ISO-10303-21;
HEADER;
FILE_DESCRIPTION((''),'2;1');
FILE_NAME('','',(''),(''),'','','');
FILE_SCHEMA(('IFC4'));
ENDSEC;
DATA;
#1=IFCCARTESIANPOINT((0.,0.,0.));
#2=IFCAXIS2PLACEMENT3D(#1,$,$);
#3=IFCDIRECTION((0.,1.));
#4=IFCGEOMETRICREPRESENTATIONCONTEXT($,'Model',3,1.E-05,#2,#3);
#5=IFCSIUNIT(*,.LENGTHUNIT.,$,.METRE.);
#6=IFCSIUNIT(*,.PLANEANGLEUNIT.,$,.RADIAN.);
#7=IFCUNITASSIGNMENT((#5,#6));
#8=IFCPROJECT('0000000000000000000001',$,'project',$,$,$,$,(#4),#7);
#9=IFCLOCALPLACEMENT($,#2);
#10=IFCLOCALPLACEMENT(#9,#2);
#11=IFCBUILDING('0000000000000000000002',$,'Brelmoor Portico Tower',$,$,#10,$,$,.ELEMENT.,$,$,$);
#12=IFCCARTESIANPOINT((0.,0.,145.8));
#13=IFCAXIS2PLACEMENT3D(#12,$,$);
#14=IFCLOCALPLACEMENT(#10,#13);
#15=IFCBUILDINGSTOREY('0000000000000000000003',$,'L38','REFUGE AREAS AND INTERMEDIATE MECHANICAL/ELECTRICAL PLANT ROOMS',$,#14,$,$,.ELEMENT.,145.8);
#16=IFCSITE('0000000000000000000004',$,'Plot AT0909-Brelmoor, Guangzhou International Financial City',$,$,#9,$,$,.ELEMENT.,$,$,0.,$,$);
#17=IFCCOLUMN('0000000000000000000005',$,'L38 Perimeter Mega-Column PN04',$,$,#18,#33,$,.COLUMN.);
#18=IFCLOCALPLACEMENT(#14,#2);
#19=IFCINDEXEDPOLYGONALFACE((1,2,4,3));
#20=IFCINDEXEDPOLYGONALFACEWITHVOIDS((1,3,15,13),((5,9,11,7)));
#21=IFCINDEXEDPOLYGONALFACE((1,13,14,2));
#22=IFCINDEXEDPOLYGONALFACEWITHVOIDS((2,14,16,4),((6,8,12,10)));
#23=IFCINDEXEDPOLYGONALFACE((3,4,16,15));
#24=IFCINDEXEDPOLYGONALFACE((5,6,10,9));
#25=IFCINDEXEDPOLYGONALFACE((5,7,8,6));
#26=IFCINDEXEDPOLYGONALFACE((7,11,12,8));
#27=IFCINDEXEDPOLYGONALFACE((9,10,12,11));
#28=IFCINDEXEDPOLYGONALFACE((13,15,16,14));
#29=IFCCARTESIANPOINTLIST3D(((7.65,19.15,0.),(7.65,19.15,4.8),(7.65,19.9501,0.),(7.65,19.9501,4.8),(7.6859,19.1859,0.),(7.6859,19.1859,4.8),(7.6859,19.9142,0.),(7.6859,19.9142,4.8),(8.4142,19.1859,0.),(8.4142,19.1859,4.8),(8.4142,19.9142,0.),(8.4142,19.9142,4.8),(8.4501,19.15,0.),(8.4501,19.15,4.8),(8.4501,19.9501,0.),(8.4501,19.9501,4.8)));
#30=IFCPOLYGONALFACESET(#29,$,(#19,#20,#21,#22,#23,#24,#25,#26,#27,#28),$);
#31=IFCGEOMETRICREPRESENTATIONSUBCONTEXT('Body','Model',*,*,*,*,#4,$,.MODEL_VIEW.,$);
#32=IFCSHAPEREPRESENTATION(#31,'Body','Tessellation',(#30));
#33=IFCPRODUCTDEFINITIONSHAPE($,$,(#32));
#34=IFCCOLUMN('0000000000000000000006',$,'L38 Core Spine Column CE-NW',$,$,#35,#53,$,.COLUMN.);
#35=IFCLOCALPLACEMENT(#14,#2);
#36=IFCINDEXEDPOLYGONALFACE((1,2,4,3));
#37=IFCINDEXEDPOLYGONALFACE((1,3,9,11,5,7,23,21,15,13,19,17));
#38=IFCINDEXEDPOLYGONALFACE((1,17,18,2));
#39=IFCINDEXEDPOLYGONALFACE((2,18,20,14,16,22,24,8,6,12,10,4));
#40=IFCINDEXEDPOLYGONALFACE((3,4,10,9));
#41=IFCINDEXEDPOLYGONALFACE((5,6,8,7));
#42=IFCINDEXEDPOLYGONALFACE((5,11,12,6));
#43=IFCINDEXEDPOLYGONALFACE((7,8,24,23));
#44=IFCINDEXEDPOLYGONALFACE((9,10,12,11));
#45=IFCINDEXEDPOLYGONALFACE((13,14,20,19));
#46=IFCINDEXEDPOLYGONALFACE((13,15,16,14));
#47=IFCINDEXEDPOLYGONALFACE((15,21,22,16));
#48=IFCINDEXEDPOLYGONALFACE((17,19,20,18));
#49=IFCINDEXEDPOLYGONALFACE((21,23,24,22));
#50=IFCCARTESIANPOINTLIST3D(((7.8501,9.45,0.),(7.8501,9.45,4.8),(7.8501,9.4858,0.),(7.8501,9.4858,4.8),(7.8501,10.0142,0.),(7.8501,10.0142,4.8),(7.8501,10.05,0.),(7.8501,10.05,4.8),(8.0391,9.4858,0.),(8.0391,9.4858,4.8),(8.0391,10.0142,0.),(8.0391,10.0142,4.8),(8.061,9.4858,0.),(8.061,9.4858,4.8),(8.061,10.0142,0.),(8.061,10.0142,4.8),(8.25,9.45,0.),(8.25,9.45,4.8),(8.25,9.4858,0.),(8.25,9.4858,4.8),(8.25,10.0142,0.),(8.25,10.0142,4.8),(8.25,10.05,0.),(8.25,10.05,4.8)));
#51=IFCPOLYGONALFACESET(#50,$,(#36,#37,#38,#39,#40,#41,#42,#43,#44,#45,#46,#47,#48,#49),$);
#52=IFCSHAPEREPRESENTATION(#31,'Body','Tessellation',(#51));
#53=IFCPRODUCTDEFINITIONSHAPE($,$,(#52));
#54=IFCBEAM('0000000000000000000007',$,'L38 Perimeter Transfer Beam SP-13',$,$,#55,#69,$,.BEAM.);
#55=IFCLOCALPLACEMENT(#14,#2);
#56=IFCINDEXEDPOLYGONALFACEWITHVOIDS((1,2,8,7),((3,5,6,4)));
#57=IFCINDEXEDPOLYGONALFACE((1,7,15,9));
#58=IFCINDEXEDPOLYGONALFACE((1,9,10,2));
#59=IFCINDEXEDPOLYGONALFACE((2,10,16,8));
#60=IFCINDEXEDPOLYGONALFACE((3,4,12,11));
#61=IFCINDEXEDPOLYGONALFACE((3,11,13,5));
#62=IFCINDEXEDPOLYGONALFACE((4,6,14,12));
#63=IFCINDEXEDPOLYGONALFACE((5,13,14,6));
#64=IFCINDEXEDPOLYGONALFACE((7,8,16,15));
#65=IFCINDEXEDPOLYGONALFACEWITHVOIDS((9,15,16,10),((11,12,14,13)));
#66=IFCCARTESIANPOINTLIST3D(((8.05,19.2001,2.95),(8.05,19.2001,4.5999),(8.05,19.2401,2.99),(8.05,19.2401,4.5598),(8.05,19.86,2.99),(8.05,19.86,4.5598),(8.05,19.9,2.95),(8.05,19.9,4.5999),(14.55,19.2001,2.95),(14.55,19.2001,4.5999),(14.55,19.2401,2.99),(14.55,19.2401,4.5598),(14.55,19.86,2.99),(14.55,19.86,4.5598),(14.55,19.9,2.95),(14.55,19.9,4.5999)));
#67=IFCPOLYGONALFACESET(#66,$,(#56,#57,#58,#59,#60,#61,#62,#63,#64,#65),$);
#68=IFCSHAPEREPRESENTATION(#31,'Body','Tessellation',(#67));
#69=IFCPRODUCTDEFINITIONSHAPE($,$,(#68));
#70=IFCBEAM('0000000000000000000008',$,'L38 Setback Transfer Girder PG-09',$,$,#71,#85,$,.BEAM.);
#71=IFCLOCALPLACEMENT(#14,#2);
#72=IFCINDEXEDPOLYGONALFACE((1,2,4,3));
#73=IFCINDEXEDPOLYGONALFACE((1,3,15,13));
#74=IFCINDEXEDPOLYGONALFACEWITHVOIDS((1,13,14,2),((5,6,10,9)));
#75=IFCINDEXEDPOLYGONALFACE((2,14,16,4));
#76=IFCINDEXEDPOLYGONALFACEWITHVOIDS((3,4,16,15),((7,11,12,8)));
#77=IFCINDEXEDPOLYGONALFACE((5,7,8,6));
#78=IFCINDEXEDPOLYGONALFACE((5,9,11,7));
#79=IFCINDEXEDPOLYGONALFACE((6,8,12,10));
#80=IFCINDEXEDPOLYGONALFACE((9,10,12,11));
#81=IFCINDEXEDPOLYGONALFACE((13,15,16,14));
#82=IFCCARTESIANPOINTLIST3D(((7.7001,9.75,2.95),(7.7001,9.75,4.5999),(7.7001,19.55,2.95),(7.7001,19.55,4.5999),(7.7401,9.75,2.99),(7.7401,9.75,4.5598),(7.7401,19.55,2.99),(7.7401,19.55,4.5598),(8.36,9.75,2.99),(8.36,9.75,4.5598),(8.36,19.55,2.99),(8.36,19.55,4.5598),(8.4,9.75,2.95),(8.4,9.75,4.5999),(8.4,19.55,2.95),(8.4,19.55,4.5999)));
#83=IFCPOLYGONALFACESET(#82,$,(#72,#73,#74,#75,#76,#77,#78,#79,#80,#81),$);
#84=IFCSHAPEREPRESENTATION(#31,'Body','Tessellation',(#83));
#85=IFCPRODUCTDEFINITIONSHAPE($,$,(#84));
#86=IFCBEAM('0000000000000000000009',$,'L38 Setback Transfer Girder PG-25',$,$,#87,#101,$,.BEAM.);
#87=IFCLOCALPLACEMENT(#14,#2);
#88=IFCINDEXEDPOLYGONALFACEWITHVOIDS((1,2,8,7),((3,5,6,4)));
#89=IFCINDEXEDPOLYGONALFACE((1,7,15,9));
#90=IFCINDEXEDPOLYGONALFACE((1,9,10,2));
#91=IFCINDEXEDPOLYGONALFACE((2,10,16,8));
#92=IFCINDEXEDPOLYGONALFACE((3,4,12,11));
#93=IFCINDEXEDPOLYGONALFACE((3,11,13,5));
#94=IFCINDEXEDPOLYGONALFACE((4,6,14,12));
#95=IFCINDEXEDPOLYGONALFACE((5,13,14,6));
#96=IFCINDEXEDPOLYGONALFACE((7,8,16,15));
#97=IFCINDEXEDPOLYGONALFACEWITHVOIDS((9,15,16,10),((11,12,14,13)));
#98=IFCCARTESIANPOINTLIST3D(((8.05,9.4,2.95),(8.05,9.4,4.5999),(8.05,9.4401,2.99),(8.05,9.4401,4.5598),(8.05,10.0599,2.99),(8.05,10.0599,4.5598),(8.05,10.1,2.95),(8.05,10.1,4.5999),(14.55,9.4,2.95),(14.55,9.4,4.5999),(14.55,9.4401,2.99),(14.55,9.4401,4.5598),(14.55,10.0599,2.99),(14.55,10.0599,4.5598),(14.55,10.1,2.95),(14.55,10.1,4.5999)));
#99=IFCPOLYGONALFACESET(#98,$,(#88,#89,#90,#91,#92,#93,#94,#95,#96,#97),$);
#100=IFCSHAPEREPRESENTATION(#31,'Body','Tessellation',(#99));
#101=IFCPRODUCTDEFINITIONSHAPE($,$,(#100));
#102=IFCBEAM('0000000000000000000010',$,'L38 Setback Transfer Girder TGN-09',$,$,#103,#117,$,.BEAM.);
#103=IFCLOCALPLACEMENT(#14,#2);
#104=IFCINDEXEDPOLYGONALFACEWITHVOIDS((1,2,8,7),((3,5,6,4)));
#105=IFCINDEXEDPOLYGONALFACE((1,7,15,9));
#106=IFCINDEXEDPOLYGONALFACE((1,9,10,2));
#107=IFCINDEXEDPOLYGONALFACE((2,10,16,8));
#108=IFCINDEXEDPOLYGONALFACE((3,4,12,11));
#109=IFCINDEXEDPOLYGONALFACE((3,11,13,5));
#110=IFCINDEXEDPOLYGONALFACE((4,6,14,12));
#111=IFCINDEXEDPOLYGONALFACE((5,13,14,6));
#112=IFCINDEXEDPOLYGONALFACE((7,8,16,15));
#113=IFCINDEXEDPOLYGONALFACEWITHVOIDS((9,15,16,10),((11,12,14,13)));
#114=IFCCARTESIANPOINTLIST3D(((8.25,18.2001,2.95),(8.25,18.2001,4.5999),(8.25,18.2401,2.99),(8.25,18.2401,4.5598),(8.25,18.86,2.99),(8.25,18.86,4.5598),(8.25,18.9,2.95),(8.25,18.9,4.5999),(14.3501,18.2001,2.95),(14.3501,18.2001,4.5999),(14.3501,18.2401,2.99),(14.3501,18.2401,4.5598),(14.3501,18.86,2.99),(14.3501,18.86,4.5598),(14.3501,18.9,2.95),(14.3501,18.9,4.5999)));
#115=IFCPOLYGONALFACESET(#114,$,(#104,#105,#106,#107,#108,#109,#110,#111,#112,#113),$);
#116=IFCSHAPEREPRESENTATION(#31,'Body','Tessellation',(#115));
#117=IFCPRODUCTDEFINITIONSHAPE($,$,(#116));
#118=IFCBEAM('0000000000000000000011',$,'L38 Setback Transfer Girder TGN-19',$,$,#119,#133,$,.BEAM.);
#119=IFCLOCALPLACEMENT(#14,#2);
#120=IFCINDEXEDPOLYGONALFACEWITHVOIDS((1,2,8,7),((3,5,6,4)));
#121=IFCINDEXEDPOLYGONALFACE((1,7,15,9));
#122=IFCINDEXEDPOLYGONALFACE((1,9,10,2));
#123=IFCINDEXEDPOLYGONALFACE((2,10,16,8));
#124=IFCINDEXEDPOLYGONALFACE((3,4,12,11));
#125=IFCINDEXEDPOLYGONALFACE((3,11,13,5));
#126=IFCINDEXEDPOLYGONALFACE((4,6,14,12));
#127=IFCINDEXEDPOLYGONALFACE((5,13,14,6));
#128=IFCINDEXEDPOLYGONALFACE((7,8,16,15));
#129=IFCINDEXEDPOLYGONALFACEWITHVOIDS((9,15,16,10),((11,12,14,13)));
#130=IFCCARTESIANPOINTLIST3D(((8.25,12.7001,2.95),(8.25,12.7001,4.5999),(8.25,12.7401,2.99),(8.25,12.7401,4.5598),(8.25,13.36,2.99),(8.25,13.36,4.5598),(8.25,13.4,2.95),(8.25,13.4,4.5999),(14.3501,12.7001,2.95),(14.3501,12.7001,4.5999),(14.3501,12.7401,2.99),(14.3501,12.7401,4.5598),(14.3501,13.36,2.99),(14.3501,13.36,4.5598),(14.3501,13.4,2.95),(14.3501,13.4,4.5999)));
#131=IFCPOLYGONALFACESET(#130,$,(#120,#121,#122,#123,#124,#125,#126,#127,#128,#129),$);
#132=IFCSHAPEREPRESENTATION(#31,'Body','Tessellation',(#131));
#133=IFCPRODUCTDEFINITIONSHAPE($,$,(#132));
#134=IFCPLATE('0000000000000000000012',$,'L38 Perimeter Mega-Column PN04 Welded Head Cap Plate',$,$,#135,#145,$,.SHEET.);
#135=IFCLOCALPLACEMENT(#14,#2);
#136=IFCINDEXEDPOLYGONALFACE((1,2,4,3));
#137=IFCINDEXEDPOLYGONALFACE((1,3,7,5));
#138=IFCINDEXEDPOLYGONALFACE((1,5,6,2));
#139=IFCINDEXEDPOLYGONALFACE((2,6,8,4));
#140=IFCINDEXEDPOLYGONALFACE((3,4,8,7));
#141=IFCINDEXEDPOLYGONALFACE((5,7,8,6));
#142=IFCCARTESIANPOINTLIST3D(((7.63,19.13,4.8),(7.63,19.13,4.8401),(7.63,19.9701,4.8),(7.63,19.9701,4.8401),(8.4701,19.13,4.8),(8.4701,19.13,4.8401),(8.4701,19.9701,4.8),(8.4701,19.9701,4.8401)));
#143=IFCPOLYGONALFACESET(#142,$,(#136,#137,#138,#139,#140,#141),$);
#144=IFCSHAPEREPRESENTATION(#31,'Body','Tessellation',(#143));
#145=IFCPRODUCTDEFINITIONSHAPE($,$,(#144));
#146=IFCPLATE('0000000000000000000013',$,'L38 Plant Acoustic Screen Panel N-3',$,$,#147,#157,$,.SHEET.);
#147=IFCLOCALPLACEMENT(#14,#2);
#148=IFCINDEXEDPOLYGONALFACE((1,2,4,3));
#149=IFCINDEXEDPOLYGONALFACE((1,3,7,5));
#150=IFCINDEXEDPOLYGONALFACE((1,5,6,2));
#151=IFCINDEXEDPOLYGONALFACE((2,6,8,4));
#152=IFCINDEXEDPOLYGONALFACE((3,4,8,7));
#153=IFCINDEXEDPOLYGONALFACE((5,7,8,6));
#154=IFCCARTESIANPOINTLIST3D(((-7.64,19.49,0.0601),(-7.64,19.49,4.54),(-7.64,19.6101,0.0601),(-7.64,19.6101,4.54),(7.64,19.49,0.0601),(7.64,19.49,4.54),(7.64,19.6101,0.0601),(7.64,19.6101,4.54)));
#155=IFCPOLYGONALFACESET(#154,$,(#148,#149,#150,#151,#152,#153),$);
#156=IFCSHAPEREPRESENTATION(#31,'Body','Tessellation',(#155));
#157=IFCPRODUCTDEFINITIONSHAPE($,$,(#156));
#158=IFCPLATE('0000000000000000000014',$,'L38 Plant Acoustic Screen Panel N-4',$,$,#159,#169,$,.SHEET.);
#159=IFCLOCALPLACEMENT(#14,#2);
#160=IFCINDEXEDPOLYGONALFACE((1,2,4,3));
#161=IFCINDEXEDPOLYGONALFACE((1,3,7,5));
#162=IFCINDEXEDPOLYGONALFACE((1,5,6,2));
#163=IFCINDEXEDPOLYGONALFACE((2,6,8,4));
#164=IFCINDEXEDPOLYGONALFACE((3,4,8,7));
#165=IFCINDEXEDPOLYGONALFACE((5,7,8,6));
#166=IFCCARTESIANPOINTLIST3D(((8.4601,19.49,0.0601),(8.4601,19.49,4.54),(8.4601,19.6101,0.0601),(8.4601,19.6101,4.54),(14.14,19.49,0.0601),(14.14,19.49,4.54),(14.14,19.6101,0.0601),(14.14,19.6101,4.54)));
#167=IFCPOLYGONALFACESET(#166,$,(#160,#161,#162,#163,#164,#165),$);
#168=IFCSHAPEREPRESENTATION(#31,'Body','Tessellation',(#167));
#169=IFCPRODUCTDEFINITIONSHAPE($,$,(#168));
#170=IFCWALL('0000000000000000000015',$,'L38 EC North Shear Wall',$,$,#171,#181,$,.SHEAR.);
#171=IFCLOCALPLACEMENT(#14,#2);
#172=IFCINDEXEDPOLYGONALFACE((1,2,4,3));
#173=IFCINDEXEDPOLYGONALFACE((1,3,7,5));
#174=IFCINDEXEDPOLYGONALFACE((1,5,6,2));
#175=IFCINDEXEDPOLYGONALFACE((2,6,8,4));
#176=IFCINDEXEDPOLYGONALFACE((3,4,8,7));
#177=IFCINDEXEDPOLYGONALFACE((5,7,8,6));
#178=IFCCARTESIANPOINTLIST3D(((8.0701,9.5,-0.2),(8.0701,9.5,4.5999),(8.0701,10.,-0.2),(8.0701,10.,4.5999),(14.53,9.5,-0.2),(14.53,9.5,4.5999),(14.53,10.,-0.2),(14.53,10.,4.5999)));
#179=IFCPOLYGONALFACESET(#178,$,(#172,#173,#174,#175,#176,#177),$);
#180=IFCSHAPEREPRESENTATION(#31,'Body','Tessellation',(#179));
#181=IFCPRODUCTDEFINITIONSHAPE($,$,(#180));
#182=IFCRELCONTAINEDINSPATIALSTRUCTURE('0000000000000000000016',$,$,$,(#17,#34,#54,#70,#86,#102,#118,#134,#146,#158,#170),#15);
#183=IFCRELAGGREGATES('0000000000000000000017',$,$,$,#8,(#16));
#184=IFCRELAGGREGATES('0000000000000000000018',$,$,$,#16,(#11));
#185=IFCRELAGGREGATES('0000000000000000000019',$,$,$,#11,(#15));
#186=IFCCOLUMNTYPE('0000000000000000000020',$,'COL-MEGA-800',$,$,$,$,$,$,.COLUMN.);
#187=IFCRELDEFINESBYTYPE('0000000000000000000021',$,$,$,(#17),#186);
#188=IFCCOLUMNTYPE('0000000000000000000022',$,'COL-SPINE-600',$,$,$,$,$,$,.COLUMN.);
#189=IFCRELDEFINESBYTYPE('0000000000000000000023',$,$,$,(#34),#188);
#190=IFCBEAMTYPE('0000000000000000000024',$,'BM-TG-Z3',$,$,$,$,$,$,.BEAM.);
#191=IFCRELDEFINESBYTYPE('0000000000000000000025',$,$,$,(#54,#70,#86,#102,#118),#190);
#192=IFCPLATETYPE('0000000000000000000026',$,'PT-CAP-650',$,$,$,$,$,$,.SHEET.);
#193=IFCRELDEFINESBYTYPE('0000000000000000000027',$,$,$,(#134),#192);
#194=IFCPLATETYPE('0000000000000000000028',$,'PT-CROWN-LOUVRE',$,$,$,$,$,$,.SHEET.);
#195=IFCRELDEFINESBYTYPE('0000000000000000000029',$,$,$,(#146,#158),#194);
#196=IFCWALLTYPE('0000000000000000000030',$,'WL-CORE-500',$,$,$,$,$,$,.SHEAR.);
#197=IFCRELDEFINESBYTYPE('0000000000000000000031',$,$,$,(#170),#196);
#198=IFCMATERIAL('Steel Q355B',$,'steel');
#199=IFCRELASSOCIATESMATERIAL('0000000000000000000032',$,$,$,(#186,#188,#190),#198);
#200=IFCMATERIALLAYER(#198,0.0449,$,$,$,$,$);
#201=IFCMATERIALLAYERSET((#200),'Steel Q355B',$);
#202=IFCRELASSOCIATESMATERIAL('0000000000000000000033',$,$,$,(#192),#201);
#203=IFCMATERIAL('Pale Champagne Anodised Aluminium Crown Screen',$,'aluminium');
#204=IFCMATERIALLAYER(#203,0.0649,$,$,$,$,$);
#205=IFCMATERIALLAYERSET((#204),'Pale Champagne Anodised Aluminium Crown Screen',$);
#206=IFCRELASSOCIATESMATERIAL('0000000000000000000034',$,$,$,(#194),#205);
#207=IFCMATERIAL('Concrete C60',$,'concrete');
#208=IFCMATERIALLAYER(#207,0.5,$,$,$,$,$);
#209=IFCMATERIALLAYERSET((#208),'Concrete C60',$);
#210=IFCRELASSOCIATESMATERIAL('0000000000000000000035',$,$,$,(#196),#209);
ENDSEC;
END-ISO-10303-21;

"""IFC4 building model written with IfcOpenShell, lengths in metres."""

from ifc_helpers import new_model, si_unit, direction, frame, frame_2d, origin, origin_2d, place, context, subcontext, project, spatial, rectangle, hollow_rectangle, i_section, extrude, material, layer, layer_set, material_profile, profile_set, type_object, element, save


model = new_model("IFC4")

# Units and contexts
model_context = context("Model", 3, precision=1e-05, world=origin(), true_north=direction((0.0, 1.0)))
body_context = subcontext(model_context, "Body", "Model", "MODEL_VIEW")
ifc_project = project(units=[si_unit("LENGTHUNIT", "METRE"), si_unit("PLANEANGLEUNIT", "RADIAN")], contexts=[model_context])

# Site, building, storey
site_placement = place(None, origin())
site = spatial("IfcSite", under=ifc_project, at=site_placement, Name="Plot AT0909-Brelmoor, Guangzhou International Financial City", CompositionType="ELEMENT", RefElevation=0.0)
building_placement = place(site_placement, origin())
building = spatial("IfcBuilding", under=site, at=building_placement, Name="Brelmoor Portico Tower", CompositionType="ELEMENT")
storey_placement = place(building_placement, frame((0.0, 0.0, 145.8)))
storey = spatial("IfcBuildingStorey", under=building, at=storey_placement, Name="L38", Description="REFUGE AREAS AND INTERMEDIATE MECHANICAL/ELECTRICAL PLANT ROOMS", CompositionType="ELEMENT", Elevation=145.8)

# Columns
ifc_material_1 = material(Name="Steel Q355B", Category="steel")
ifc_material_profile_1 = material_profile(ifc_material_1, hollow_rectangle(XDim=0.8, YDim=0.8, WallThickness=0.0359, at=origin_2d()), Name="BOX 800x800x36")
ifc_profile_set_1 = profile_set([ifc_material_profile_1], Name="Steel Q355B")
column_type_1 = type_object("IfcColumnType", Name="COL-MEGA-800", PredefinedType="COLUMN", material=ifc_profile_set_1)
column_1_placement = place(storey_placement, frame((8.05, 19.55, 0.0), z_axis=(0.0, 0.0, 1.0), x_axis=(1.0, 0.0, 0.0)))
element("IfcColumn", 1, at=column_1_placement, inside=storey, type_object=column_type_1, Name="L38 Perimeter Mega-Column PN04", PredefinedType="COLUMN", context=body_context, shape_type="SweptSolid", body=[
    extrude(hollow_rectangle(XDim=0.8, YDim=0.8, WallThickness=0.0359, at=origin_2d()), origin(), (0.0, 0.0, 1.0), 4.8),
])
ifc_material_profile_2 = material_profile(ifc_material_1, i_section(OverallWidth=0.3999, OverallDepth=0.6001, WebThickness=0.022, FlangeThickness=0.0359, at=origin_2d()), Name="HW 600x400x22x36")
ifc_profile_set_2 = profile_set([ifc_material_profile_2], Name="Steel Q355B")
column_type_2 = type_object("IfcColumnType", Name="COL-SPINE-600", PredefinedType="COLUMN", material=ifc_profile_set_2)
column_2_placement = place(storey_placement, frame((8.05, 9.75, 0.0), z_axis=(0.0, 0.0, 1.0), x_axis=(1.0, 0.0, 0.0)))
element("IfcColumn", 2, at=column_2_placement, inside=storey, type_object=column_type_2, Name="L38 Core Spine Column CE-NW", PredefinedType="COLUMN", context=body_context, shape_type="SweptSolid", body=[
    extrude(i_section(OverallWidth=0.3999, OverallDepth=0.6001, WebThickness=0.022, FlangeThickness=0.0359, at=origin_2d()), origin(), (0.0, 0.0, 1.0), 4.8),
])

# Beams
ifc_material_profile_3 = material_profile(ifc_material_1, hollow_rectangle(XDim=0.7, YDim=1.6499, WallThickness=0.04, at=origin_2d()), Name="BOX 700x1650x40")
ifc_profile_set_3 = profile_set([ifc_material_profile_3], Name="Steel Q355B")
beam_type = type_object("IfcBeamType", Name="BM-TG-Z3", PredefinedType="BEAM", material=ifc_profile_set_3)
beam_1_placement = place(storey_placement, frame((8.05, 19.55, 3.7749), z_axis=(1.0, 0.0, 0.0), x_axis=(0.0, 1.0, 0.0)))
element("IfcBeam", 3, at=beam_1_placement, inside=storey, type_object=beam_type, Name="L38 Perimeter Transfer Beam SP-13", PredefinedType="BEAM", context=body_context, shape_type="SweptSolid", body=[
    extrude(hollow_rectangle(XDim=0.7, YDim=1.6499, WallThickness=0.04, at=origin_2d()), origin(), (0.0, 0.0, 1.0), 6.5),
])
beam_2_placement = place(storey_placement, frame((8.05, 9.75, 3.7749), z_axis=(0.0, 1.0, 0.0), x_axis=(-1.0, 0.0, 0.0)))
element("IfcBeam", 4, at=beam_2_placement, inside=storey, type_object=beam_type, Name="L38 Setback Transfer Girder PG-09", PredefinedType="BEAM", context=body_context, shape_type="SweptSolid", body=[
    extrude(hollow_rectangle(XDim=0.7, YDim=1.6499, WallThickness=0.04, at=origin_2d()), origin(), (0.0, 0.0, 1.0), 9.8),
])
beam_3_placement = place(storey_placement, frame((8.05, 9.75, 3.7749), z_axis=(1.0, 0.0, 0.0), x_axis=(0.0, 1.0, 0.0)))
element("IfcBeam", 5, at=beam_3_placement, inside=storey, type_object=beam_type, Name="L38 Setback Transfer Girder PG-25", PredefinedType="BEAM", context=body_context, shape_type="SweptSolid", body=[
    extrude(hollow_rectangle(XDim=0.7, YDim=1.6499, WallThickness=0.04, at=origin_2d()), origin(), (0.0, 0.0, 1.0), 6.5),
])
for number, where, z_axis, x_axis, name in (
    (6, (8.25, 18.55, 3.7749), (1.0, 0.0, 0.0), (0.0, 1.0, 0.0), "L38 Setback Transfer Girder TGN-09"),
    (7, (8.25, 13.05, 3.7749), (1.0, 0.0, 0.0), (0.0, 1.0, 0.0), "L38 Setback Transfer Girder TGN-19"),
):
    element("IfcBeam", number, at=place(storey_placement, frame(where, z_axis=z_axis, x_axis=x_axis)), inside=storey, type_object=beam_type, Name=name, PredefinedType="BEAM", context=body_context, shape_type="SweptSolid", body=[
        extrude(hollow_rectangle(XDim=0.7, YDim=1.6499, WallThickness=0.04, at=origin_2d()), origin(), (0.0, 0.0, 1.0), 6.1001),
    ])

# Plates
ifc_layer_1 = layer(ifc_material_1, 0.0449)
ifc_layer_set_1 = layer_set([ifc_layer_1], Name="Steel Q355B")
plate_type_1 = type_object("IfcPlateType", Name="PT-CAP-650", PredefinedType="SHEET", material=ifc_layer_set_1)
plate_1_placement = place(storey_placement, frame((8.05, 19.55, 4.8), z_axis=(0.0, 0.0, 1.0), x_axis=(1.0, 0.0, 0.0)))
element("IfcPlate", 8, at=plate_1_placement, inside=storey, type_object=plate_type_1, Name="L38 Perimeter Mega-Column PN04 Welded Head Cap Plate", PredefinedType="SHEET", context=body_context, shape_type="SweptSolid", body=[
    extrude(rectangle(XDim=0.8401, YDim=0.8401, at=origin_2d()), origin(), (0.0, 0.0, 1.0), 0.04),
])
ifc_material_2 = material(Name="Pale Champagne Anodised Aluminium Crown Screen", Category="aluminium")
ifc_layer_2 = layer(ifc_material_2, 0.0649)
ifc_layer_set_2 = layer_set([ifc_layer_2], Name="Pale Champagne Anodised Aluminium Crown Screen")
plate_type_2 = type_object("IfcPlateType", Name="PT-CROWN-LOUVRE", PredefinedType="SHEET", material=ifc_layer_set_2)
plate_2_placement = place(storey_placement, frame((0.0, 19.55, 0.0601), z_axis=(0.0, 0.0, 1.0), x_axis=(1.0, 0.0, 0.0)))
element("IfcPlate", 9, at=plate_2_placement, inside=storey, type_object=plate_type_2, Name="L38 Plant Acoustic Screen Panel N-3", PredefinedType="SHEET", context=body_context, shape_type="SweptSolid", body=[
    extrude(rectangle(XDim=15.28, YDim=0.1201, at=origin_2d()), origin(), (0.0, 0.0, 1.0), 4.48),
])
plate_3_placement = place(storey_placement, frame((11.3, 19.55, 0.0601), z_axis=(0.0, 0.0, 1.0), x_axis=(1.0, 0.0, 0.0)))
element("IfcPlate", 10, at=plate_3_placement, inside=storey, type_object=plate_type_2, Name="L38 Plant Acoustic Screen Panel N-4", PredefinedType="SHEET", context=body_context, shape_type="SweptSolid", body=[
    extrude(rectangle(XDim=5.6799, YDim=0.1201, at=origin_2d()), origin(), (0.0, 0.0, 1.0), 4.48),
])

# Wall
ifc_material_3 = material(Name="Concrete C60", Category="concrete")
ifc_layer_3 = layer(ifc_material_3, 0.5)
ifc_layer_set_3 = layer_set([ifc_layer_3], Name="Concrete C60")
wall_type_1 = type_object("IfcWallType", Name="WL-CORE-500", PredefinedType="SHEAR", material=ifc_layer_set_3)
wall_1_placement = place(storey_placement, frame((8.0701, 9.75, -0.2), z_axis=(0.0, 0.0, 1.0), x_axis=(1.0, 0.0, 0.0)))
element("IfcWall", 11, at=wall_1_placement, inside=storey, type_object=wall_type_1, Name="L38 EC North Shear Wall", PredefinedType="SHEAR", context=body_context, shape_type="SweptSolid", body=[
    extrude(rectangle(XDim=6.46, YDim=0.5, at=frame_2d((3.23, 0.0))), origin(), (0.0, 0.0, 1.0), 4.7998),
])

save(model, "model.ifc")
